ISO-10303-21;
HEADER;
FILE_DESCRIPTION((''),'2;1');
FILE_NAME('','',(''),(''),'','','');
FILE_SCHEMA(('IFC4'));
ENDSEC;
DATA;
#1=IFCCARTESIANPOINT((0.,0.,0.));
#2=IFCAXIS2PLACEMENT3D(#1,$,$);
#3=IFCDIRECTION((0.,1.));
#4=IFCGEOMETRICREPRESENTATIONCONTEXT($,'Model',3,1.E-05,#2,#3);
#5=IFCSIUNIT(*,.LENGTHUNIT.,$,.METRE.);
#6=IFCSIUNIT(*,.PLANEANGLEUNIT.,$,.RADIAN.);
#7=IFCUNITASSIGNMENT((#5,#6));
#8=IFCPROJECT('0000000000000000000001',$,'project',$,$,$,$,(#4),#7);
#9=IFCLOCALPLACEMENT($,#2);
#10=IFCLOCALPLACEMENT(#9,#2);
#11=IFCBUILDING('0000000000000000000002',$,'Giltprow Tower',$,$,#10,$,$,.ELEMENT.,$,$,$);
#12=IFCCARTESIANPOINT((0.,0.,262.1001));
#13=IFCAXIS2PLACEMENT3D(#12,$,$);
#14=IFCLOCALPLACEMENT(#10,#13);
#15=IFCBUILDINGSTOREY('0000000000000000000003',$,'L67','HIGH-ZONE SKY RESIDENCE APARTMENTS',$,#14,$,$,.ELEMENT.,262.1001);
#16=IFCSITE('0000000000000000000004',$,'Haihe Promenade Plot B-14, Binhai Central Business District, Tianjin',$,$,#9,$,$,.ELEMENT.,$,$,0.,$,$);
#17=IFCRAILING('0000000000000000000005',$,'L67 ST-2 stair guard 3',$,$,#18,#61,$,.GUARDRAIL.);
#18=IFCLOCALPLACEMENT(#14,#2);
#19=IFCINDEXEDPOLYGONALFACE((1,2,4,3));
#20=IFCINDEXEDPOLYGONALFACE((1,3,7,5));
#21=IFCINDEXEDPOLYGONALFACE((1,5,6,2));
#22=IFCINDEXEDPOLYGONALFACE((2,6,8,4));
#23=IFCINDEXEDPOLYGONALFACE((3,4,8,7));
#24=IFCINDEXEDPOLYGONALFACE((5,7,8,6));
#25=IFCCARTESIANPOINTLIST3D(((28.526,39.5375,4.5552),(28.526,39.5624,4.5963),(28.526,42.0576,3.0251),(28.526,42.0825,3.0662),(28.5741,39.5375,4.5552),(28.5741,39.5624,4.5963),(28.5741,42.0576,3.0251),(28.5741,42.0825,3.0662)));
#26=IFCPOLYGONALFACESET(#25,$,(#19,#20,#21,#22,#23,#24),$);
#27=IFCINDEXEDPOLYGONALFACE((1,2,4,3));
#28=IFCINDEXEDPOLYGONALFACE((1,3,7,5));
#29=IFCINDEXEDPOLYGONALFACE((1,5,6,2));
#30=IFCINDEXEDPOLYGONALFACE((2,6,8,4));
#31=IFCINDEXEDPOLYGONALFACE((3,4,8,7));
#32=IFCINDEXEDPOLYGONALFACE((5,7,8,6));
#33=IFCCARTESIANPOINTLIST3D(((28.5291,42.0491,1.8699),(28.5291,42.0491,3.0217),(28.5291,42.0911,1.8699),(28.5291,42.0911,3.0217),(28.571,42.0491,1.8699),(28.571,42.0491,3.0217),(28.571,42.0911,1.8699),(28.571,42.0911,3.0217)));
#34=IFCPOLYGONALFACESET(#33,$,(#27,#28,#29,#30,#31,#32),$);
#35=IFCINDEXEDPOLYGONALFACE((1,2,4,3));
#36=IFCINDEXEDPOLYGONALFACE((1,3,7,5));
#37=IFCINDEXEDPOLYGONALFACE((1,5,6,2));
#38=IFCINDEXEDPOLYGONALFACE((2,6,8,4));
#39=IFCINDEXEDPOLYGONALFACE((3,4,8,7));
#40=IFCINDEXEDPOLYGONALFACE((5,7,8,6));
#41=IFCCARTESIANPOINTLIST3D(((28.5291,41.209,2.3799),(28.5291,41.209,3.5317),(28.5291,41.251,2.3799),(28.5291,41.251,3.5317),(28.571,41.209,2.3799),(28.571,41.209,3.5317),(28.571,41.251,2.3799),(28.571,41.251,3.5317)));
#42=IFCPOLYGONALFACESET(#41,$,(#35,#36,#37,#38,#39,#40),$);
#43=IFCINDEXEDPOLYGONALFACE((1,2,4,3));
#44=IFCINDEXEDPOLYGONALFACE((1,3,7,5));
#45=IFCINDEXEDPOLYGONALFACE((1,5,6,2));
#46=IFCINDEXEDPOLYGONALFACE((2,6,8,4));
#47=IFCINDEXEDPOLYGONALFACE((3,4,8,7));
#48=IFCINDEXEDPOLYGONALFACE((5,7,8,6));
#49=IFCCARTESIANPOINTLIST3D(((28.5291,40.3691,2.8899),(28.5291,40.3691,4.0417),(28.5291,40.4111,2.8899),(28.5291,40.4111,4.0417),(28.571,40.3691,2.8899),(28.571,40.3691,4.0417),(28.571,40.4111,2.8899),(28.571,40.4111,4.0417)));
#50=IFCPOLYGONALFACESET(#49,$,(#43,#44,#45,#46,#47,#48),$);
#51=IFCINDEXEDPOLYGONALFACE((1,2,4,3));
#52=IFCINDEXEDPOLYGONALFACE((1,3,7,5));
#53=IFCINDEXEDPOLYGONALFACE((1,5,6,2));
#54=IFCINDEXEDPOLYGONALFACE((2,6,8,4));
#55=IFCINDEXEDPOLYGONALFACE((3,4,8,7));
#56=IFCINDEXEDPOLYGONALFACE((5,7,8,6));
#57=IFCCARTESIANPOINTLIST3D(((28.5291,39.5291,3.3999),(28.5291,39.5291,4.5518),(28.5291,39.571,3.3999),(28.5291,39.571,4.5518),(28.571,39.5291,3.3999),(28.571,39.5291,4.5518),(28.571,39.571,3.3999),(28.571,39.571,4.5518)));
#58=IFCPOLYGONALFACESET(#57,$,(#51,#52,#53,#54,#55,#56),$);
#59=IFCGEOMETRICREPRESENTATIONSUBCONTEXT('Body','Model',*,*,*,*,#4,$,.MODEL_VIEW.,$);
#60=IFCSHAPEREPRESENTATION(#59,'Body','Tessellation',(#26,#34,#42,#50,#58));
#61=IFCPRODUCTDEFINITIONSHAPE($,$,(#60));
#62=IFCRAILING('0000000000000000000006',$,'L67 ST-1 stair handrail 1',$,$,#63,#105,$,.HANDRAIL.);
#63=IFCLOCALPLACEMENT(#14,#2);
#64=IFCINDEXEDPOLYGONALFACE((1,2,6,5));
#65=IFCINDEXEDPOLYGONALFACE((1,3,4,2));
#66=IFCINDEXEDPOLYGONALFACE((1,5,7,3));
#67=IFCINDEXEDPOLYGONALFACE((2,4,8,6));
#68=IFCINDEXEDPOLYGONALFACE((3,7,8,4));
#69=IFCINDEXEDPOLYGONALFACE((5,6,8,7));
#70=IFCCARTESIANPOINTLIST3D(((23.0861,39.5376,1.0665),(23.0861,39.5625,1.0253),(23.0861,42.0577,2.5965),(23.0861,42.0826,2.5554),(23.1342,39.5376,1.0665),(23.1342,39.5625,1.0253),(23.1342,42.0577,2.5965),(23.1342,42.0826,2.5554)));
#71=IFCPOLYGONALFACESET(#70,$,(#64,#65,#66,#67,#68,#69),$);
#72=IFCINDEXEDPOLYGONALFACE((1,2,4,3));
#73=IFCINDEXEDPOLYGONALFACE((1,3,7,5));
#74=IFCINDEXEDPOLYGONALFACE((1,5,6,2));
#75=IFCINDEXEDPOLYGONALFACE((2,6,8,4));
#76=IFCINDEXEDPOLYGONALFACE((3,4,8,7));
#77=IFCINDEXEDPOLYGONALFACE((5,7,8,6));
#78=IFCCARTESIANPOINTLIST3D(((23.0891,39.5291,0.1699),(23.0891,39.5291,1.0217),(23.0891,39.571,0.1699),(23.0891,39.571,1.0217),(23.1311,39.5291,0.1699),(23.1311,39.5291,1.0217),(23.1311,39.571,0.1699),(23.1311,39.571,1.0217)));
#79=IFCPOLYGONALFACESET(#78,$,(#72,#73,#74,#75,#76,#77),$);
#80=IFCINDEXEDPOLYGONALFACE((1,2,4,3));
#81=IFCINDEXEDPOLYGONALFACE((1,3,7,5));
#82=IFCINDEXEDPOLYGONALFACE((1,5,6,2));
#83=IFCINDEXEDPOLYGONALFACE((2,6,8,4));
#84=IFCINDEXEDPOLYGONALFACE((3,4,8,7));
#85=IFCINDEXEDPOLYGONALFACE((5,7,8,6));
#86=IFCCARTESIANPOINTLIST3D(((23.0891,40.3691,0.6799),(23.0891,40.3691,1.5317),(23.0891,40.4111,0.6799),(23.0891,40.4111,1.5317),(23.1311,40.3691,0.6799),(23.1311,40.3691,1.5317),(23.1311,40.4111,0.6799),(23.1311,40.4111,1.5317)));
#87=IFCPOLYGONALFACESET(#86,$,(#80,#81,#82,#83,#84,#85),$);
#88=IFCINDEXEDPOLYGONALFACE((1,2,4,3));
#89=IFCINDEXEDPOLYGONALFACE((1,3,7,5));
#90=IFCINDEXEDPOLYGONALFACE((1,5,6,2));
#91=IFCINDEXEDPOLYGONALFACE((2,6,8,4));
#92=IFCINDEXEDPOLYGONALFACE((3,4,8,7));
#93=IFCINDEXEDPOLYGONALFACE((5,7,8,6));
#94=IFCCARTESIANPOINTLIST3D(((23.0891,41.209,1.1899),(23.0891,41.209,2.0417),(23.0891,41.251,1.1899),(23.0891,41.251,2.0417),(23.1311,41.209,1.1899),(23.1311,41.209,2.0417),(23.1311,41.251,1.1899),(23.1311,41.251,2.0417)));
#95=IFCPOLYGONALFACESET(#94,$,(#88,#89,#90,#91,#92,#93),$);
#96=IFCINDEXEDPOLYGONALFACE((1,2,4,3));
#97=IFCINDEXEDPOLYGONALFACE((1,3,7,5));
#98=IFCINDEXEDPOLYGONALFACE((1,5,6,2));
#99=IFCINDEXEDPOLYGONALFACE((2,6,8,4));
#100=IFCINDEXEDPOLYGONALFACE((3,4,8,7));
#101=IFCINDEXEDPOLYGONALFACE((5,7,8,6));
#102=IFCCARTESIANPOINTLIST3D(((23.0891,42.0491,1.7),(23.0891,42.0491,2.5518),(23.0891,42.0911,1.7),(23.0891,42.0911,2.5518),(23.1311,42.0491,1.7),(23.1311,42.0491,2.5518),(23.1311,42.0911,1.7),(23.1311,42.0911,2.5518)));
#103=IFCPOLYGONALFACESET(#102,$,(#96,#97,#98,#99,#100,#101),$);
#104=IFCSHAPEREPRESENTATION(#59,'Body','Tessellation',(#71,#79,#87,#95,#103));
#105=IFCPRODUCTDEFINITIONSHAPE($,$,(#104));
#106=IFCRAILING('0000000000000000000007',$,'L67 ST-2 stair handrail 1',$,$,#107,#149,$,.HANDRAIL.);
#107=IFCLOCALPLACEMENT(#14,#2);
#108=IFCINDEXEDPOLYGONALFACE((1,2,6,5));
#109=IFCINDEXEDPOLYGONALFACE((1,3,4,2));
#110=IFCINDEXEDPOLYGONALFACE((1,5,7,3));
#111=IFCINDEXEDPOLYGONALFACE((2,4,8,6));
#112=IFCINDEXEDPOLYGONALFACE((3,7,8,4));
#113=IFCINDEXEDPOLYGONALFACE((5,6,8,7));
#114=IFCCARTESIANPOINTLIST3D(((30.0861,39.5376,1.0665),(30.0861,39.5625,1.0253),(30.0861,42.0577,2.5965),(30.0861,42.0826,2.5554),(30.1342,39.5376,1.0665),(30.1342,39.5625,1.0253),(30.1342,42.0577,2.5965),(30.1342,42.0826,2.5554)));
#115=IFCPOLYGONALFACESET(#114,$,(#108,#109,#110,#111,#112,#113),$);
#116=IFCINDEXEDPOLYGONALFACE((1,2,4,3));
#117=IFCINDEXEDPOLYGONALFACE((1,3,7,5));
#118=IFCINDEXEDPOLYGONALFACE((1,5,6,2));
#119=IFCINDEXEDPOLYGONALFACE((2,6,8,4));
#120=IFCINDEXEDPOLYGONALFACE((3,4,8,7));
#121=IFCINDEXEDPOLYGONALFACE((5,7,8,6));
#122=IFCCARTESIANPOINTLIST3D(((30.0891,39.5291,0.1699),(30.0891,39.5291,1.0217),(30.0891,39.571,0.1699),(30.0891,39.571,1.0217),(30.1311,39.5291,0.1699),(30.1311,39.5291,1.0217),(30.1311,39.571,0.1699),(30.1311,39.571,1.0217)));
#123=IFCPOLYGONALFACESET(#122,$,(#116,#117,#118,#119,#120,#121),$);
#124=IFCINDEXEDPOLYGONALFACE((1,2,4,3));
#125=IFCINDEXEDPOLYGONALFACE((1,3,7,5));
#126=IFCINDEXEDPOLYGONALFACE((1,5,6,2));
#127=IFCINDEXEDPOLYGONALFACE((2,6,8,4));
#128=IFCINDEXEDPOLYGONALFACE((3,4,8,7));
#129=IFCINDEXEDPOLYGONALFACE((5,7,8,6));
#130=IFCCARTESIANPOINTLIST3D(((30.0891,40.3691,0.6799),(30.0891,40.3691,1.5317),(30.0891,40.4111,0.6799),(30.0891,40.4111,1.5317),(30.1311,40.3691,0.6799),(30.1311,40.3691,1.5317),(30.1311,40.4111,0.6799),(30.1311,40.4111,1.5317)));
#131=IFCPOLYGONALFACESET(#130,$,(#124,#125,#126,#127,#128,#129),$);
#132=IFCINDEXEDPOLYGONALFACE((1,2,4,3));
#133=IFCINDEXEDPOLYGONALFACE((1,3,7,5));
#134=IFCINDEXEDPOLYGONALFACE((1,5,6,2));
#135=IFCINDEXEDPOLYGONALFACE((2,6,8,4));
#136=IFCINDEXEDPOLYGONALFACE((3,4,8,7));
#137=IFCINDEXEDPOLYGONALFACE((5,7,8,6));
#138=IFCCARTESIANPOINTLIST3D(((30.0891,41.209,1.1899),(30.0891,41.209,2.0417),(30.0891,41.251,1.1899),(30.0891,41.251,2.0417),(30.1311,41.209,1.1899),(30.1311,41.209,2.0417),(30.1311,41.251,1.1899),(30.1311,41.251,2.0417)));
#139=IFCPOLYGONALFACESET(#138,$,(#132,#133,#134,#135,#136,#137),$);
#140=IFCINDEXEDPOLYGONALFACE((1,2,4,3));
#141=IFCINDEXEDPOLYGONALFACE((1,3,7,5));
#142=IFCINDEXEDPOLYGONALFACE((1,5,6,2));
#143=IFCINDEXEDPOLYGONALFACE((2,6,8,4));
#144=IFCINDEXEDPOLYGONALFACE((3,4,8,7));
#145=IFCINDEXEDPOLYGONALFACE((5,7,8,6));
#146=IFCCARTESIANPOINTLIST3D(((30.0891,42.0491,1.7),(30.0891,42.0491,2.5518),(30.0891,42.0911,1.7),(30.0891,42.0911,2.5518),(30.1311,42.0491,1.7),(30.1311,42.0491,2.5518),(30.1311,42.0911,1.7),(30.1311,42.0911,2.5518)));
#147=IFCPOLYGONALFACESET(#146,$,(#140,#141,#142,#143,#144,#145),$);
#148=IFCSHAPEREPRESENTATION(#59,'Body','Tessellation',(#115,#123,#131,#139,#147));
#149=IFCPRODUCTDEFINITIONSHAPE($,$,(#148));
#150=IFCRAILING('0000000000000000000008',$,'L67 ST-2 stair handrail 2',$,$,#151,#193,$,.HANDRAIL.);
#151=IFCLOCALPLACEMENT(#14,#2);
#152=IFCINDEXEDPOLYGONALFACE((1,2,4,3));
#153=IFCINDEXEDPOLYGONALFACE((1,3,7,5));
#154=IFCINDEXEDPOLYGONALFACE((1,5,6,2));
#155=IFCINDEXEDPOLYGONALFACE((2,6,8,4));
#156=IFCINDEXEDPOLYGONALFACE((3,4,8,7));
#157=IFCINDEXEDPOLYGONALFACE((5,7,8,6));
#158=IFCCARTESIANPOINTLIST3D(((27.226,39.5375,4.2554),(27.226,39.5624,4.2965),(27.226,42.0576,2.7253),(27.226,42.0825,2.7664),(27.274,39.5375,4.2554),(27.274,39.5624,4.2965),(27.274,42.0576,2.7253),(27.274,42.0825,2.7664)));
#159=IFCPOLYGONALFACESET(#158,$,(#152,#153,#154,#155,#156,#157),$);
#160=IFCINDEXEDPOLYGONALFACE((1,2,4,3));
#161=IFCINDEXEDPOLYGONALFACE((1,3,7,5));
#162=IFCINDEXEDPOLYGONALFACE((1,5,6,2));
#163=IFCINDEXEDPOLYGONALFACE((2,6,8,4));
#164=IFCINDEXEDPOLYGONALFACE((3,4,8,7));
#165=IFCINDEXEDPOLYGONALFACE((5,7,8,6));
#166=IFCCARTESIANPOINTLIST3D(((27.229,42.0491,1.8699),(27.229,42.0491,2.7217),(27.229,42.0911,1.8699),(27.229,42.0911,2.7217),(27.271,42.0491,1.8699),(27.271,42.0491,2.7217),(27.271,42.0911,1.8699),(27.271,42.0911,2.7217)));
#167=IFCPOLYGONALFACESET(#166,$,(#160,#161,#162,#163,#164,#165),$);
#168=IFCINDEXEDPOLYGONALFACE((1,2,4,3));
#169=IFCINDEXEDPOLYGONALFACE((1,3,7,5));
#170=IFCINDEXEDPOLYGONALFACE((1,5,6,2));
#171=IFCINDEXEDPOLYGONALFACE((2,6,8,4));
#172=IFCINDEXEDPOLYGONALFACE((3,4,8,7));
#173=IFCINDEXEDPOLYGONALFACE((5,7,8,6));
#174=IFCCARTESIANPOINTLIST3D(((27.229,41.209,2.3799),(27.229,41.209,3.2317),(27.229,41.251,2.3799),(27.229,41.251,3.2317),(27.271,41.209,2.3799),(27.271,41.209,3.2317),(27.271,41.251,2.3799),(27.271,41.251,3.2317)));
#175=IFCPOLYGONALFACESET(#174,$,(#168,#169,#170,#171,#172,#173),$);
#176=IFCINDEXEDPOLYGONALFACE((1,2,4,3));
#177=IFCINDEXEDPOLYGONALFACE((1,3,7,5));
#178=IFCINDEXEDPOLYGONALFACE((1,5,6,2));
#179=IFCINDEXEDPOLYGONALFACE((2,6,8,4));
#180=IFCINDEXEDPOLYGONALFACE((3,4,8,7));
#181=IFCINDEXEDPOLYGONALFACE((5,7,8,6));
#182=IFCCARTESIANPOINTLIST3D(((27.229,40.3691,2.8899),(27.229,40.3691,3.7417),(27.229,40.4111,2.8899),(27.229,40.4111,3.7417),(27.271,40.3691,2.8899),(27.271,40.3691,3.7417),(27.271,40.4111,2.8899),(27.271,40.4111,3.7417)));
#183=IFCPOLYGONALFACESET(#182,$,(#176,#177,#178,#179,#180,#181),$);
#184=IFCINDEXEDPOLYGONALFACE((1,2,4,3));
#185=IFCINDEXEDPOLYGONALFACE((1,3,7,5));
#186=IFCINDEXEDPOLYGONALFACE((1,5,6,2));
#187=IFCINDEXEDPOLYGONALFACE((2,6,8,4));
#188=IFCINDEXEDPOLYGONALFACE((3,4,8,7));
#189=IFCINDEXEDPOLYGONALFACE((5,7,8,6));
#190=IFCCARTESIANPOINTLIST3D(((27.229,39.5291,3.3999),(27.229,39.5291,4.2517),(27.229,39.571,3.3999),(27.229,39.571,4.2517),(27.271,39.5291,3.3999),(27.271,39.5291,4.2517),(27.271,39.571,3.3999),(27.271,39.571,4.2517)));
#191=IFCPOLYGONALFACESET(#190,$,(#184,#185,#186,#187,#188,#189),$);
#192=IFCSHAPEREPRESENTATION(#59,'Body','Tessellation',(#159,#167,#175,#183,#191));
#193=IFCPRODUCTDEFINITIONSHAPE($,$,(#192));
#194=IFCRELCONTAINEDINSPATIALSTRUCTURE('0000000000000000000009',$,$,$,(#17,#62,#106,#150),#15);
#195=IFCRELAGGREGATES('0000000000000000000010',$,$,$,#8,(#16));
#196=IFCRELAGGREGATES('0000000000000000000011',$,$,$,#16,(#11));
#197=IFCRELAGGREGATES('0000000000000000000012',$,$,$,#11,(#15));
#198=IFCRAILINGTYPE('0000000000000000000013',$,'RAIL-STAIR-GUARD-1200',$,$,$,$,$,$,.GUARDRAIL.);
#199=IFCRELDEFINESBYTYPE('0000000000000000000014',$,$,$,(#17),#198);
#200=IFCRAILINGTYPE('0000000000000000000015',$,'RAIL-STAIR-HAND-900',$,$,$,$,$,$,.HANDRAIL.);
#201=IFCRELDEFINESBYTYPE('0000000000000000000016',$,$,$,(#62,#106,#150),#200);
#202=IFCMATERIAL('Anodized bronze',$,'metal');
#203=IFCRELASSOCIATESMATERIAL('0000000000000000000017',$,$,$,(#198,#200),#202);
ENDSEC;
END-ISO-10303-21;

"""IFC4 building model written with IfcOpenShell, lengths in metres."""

from ifc_helpers import new_model, si_unit, direction, frame, origin, origin_2d, place, context, subcontext, project, spatial, rectangle, extrude, material, type_object, element, save


model = new_model("IFC4")

# Units and contexts
model_context = context("Model", 3, precision=1e-05, world=origin(), true_north=direction((0.0, 1.0)))
body_context = subcontext(model_context, "Body", "Model", "MODEL_VIEW")
ifc_project = project(units=[si_unit("LENGTHUNIT", "METRE"), si_unit("PLANEANGLEUNIT", "RADIAN")], contexts=[model_context])

# Site, building, storey
site_placement = place(None, origin())
site = spatial("IfcSite", under=ifc_project, at=site_placement, Name="Haihe Promenade Plot B-14, Binhai Central Business District, Tianjin", CompositionType="ELEMENT", RefElevation=0.0)
building_placement = place(site_placement, origin())
building = spatial("IfcBuilding", under=site, at=building_placement, Name="Giltprow Tower", CompositionType="ELEMENT")
storey_placement = place(building_placement, frame((0.0, 0.0, 262.1001)))
storey = spatial("IfcBuildingStorey", under=building, at=storey_placement, Name="L67", Description="HIGH-ZONE SKY RESIDENCE APARTMENTS", CompositionType="ELEMENT", Elevation=262.1001)

# Railings
ifc_material_1 = material(Name="Anodized bronze", Category="metal")
railing_type_1 = type_object("IfcRailingType", Name="RAIL-STAIR-GUARD-1200", PredefinedType="GUARDRAIL", material=ifc_material_1)
railing_1_placement = place(storey_placement, frame((28.55, 42.0701, 1.8699)))
element("IfcRailing", 1, at=railing_1_placement, inside=storey, type_object=railing_type_1, Name="L67 ST-2 stair guard 3", PredefinedType="GUARDRAIL", context=body_context, shape_type="SweptSolid", body=[
    extrude(rectangle(XDim=0.0481, YDim=0.0481, at=origin_2d()), frame((0.0, 0.0, 1.1758), z_axis=(0.0, -0.854785, 0.518982), x_axis=(1.0, 0.0, 0.0)), (0.0, 0.0, 1.0), 2.9482),
    extrude(rectangle(XDim=0.042, YDim=0.042, at=origin_2d()), origin(), (0.0, 0.0, 1.0), 1.1519),
    extrude(rectangle(XDim=0.042, YDim=0.042, at=origin_2d()), frame((0.0, -0.8401, 0.51)), (0.0, 0.0, 1.0), 1.1519),
    extrude(rectangle(XDim=0.042, YDim=0.042, at=origin_2d()), frame((0.0, -1.6799, 1.02)), (0.0, 0.0, 1.0), 1.1519),
    extrude(rectangle(XDim=0.042, YDim=0.042, at=origin_2d()), frame((0.0, -2.52, 1.53)), (0.0, 0.0, 1.0), 1.1519),
])
railing_type_2 = type_object("IfcRailingType", Name="RAIL-STAIR-HAND-900", PredefinedType="HANDRAIL", material=ifc_material_1)
for number, where, name in (
    (2, (23.1101, 39.55, 0.1699), "L67 ST-1 stair handrail 1"),
    (3, (30.1101, 39.55, 0.1699), "L67 ST-2 stair handrail 1"),
):
    element("IfcRailing", number, at=place(storey_placement, frame(where)), inside=storey, type_object=railing_type_2, Name=name, PredefinedType="HANDRAIL", context=body_context, shape_type="SweptSolid", body=[
        extrude(rectangle(XDim=0.0481, YDim=0.0481, at=origin_2d()), frame((0.0, 0.0, 0.876), z_axis=(0.0, 0.854785, 0.518982), x_axis=(-1.0, 0.0, 0.0)), (0.0, 0.0, 1.0), 2.9482),
        extrude(rectangle(XDim=0.042, YDim=0.042, at=origin_2d()), origin(), (0.0, 0.0, 1.0), 0.8518),
        extrude(rectangle(XDim=0.042, YDim=0.042, at=origin_2d()), frame((0.0, 0.8401, 0.51)), (0.0, 0.0, 1.0), 0.8518),
        extrude(rectangle(XDim=0.042, YDim=0.042, at=origin_2d()), frame((0.0, 1.6799, 1.02)), (0.0, 0.0, 1.0), 0.8518),
        extrude(rectangle(XDim=0.042, YDim=0.042, at=origin_2d()), frame((0.0, 2.52, 1.53)), (0.0, 0.0, 1.0), 0.8518),
    ])
railing_2_placement = place(storey_placement, frame((27.25, 42.0701, 1.8699)))
element("IfcRailing", 4, at=railing_2_placement, inside=storey, type_object=railing_type_2, Name="L67 ST-2 stair handrail 2", PredefinedType="HANDRAIL", context=body_context, shape_type="SweptSolid", body=[
    extrude(rectangle(XDim=0.0481, YDim=0.0481, at=origin_2d()), frame((0.0, 0.0, 0.876), z_axis=(0.0, -0.854785, 0.518982), x_axis=(1.0, 0.0, 0.0)), (0.0, 0.0, 1.0), 2.9482),
    extrude(rectangle(XDim=0.042, YDim=0.042, at=origin_2d()), origin(), (0.0, 0.0, 1.0), 0.8518),
    extrude(rectangle(XDim=0.042, YDim=0.042, at=origin_2d()), frame((0.0, -0.8401, 0.51)), (0.0, 0.0, 1.0), 0.8518),
    extrude(rectangle(XDim=0.042, YDim=0.042, at=origin_2d()), frame((0.0, -1.6799, 1.02)), (0.0, 0.0, 1.0), 0.8518),
    extrude(rectangle(XDim=0.042, YDim=0.042, at=origin_2d()), frame((0.0, -2.52, 1.53)), (0.0, 0.0, 1.0), 0.8518),
])

save(model, "model.ifc")
